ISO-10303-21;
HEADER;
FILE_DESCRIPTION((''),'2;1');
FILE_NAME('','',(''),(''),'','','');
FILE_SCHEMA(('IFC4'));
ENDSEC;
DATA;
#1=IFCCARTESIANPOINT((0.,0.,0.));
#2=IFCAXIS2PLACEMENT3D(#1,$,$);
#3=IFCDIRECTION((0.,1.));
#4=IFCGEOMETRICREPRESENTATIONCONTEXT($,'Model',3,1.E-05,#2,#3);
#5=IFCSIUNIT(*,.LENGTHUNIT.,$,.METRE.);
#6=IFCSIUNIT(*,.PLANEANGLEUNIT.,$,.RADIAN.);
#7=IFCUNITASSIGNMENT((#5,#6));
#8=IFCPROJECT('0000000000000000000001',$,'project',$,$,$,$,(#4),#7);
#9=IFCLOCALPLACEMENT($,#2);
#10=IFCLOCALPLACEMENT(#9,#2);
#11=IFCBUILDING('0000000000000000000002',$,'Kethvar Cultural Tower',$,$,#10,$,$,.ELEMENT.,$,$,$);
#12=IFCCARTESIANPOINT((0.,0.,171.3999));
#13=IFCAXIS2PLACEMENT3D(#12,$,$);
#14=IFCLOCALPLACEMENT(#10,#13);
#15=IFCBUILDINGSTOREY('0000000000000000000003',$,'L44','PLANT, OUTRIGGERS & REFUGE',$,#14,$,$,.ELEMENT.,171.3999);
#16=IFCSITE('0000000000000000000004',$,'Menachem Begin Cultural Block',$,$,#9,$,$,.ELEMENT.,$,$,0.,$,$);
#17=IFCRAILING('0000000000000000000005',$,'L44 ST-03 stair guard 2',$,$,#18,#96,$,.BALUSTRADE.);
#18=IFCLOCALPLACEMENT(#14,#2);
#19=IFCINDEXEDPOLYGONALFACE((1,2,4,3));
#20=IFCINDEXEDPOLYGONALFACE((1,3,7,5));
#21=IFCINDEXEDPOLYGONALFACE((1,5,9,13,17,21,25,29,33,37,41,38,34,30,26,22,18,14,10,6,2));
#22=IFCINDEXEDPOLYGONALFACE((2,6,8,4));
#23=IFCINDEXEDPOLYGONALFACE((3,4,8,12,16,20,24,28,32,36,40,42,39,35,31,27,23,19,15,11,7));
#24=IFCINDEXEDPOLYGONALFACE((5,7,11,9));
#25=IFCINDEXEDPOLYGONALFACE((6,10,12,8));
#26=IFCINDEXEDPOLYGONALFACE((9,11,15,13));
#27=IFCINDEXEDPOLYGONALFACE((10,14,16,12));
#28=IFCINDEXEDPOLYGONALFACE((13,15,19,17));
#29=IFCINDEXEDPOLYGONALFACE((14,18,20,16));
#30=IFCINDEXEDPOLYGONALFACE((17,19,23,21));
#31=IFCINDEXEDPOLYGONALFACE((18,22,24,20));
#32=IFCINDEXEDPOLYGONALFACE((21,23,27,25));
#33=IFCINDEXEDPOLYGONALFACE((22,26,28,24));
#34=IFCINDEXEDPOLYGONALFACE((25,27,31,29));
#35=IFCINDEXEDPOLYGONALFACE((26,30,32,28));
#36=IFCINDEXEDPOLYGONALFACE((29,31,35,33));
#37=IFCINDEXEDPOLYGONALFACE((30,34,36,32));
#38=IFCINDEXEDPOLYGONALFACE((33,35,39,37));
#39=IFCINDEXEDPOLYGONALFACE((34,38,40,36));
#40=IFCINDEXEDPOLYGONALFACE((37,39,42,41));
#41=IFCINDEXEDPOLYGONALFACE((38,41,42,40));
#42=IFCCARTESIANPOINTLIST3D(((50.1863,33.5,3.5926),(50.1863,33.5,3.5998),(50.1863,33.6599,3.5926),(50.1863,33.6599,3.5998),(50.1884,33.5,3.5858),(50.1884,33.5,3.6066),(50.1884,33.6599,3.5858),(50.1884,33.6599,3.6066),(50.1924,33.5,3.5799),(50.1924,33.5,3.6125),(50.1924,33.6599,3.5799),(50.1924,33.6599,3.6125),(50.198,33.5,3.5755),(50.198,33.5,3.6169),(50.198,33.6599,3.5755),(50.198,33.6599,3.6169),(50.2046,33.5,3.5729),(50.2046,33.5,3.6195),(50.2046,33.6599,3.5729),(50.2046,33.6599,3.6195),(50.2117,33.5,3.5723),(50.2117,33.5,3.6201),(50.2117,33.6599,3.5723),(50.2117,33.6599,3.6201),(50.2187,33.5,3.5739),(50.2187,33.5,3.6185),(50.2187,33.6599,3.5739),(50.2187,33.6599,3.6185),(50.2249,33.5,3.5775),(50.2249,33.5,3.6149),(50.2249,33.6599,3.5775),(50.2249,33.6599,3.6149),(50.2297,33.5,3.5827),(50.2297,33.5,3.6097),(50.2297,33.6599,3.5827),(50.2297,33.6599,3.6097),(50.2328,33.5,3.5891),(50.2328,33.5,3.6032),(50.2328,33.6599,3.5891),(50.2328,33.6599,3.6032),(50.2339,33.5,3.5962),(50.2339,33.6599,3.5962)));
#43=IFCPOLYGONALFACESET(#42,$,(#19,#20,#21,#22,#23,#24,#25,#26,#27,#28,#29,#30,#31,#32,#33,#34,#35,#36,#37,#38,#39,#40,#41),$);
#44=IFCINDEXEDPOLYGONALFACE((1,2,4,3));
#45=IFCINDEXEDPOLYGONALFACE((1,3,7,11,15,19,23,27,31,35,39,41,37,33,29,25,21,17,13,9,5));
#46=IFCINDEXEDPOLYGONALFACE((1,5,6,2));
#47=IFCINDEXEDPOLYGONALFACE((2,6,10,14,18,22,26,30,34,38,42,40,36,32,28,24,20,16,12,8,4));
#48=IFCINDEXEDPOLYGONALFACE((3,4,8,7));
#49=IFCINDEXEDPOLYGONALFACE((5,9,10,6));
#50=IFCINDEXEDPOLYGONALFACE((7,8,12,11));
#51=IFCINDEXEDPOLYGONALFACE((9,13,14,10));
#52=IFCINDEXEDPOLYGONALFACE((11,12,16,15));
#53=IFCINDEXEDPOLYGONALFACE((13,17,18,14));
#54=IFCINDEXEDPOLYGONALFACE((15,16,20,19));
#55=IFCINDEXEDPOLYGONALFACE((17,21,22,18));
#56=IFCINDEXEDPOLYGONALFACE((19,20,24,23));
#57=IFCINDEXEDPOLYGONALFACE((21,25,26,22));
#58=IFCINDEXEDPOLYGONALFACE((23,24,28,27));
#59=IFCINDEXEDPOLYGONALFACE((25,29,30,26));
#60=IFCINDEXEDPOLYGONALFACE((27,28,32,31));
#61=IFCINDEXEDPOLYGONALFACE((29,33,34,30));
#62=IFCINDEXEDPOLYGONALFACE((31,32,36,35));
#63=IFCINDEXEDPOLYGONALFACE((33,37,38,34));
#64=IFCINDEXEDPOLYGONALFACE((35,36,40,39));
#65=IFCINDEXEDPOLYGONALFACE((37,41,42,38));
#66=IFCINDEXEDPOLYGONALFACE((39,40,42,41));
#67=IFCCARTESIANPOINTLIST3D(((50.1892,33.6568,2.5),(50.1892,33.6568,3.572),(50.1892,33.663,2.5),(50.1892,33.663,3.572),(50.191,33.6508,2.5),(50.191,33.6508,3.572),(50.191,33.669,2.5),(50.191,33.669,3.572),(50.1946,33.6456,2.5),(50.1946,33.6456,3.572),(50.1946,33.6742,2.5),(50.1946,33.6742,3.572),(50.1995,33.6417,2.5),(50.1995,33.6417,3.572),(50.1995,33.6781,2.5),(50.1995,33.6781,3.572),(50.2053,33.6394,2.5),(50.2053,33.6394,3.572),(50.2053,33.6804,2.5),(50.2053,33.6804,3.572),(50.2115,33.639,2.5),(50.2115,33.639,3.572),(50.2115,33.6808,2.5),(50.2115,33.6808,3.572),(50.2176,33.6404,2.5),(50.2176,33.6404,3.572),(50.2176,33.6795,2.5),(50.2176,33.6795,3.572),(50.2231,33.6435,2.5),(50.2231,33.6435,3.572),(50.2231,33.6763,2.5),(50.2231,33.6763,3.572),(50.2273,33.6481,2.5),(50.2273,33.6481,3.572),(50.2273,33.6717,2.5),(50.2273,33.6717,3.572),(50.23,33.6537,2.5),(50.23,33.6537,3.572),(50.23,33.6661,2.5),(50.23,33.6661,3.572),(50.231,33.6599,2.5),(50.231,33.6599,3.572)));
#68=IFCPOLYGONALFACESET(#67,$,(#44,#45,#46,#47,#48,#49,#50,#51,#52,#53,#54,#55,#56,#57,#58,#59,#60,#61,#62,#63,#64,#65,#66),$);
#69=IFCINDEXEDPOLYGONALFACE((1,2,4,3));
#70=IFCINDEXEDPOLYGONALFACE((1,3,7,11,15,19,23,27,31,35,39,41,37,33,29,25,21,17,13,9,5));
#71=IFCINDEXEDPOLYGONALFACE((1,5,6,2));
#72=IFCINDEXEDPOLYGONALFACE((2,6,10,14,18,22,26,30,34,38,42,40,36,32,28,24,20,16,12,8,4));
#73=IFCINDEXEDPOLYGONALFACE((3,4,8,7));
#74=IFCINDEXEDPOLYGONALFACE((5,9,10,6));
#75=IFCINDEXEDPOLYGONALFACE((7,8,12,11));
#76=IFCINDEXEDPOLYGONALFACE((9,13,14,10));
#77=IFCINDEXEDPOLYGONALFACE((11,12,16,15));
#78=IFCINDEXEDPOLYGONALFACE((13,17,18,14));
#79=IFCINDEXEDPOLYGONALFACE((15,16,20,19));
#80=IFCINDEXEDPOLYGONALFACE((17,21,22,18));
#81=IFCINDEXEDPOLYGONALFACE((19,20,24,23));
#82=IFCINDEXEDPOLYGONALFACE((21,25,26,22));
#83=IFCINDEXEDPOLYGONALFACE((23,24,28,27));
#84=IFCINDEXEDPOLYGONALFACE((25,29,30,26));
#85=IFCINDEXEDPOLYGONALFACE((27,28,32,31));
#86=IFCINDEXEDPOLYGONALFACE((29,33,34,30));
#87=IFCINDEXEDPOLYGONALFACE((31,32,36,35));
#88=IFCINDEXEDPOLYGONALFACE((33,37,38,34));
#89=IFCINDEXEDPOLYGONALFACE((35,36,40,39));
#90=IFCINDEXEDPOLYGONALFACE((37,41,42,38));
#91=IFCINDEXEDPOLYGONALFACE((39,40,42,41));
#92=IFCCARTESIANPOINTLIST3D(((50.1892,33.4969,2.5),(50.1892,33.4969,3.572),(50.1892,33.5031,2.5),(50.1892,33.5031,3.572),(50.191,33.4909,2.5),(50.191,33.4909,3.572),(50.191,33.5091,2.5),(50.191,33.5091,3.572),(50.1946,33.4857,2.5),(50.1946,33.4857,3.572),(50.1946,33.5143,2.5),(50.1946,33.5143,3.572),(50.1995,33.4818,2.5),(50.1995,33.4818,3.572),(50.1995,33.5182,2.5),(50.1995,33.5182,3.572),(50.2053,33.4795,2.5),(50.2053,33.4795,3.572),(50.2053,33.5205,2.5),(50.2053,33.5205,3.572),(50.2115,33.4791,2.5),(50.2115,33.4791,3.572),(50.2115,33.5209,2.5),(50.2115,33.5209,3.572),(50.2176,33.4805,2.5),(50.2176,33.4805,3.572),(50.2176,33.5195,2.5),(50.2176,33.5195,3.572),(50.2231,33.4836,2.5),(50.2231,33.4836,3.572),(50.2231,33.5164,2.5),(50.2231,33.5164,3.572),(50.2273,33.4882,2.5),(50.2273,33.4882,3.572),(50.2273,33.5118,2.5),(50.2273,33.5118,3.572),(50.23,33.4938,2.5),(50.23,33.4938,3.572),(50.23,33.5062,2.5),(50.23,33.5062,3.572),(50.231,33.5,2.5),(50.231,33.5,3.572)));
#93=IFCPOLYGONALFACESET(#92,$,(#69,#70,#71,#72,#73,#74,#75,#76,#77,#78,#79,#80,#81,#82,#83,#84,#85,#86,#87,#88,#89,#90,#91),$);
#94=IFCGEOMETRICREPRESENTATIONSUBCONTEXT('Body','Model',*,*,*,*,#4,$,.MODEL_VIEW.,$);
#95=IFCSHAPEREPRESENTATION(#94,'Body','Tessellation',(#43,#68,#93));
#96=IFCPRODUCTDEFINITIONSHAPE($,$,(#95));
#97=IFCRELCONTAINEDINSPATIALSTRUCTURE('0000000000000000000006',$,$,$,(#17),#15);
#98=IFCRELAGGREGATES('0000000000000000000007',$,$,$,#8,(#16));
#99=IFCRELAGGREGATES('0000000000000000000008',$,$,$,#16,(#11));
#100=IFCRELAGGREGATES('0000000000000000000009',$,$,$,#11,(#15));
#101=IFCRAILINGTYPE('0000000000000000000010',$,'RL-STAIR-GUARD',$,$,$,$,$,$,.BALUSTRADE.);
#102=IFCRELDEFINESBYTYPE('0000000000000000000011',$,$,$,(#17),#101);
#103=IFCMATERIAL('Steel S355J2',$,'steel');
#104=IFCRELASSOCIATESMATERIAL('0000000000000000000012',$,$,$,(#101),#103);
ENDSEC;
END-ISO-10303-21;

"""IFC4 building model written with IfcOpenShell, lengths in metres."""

from ifc_helpers import new_model, si_unit, direction, frame, origin, origin_2d, place, context, subcontext, project, spatial, circle, extrude, material, type_object, element, save


model = new_model("IFC4")

# Units and contexts
model_context = context("Model", 3, precision=1e-05, world=origin(), true_north=direction((0.0, 1.0)))
body_context = subcontext(model_context, "Body", "Model", "MODEL_VIEW")
ifc_project = project(units=[si_unit("LENGTHUNIT", "METRE"), si_unit("PLANEANGLEUNIT", "RADIAN")], contexts=[model_context])

# Site, building, storey
site_placement = place(None, origin())
site = spatial("IfcSite", under=ifc_project, at=site_placement, Name="Menachem Begin Cultural Block", CompositionType="ELEMENT", RefElevation=0.0)
building_placement = place(site_placement, origin())
building = spatial("IfcBuilding", under=site, at=building_placement, Name="Kethvar Cultural Tower", CompositionType="ELEMENT")
storey_placement = place(building_placement, frame((0.0, 0.0, 171.3999)))
storey = spatial("IfcBuildingStorey", under=building, at=storey_placement, Name="L44", Description="PLANT, OUTRIGGERS & REFUGE", CompositionType="ELEMENT", Elevation=171.3999)

# Railing
ifc_material_1 = material(Name="Steel S355J2", Category="steel")
railing_type_1 = type_object("IfcRailingType", Name="RL-STAIR-GUARD", PredefinedType="BALUSTRADE", material=ifc_material_1)
railing_1_placement = place(storey_placement, frame((50.21, 33.6599, 2.5)))
element("IfcRailing", 1, at=railing_1_placement, inside=storey, type_object=railing_type_1, Name="L44 ST-03 stair guard 2", PredefinedType="BALUSTRADE", context=body_context, shape_type="SweptSolid", body=[
    extrude(circle(Radius=0.0239, at=origin_2d()), frame((0.0, 0.0, 1.0962), z_axis=(0.0, -1.0, 0.0), x_axis=(1.0, 0.0, 0.0)), (0.0, 0.0, 1.0), 0.1599),
    extrude(circle(Radius=0.021, at=origin_2d()), origin(), (0.0, 0.0, 1.0), 1.072),
    extrude(circle(Radius=0.021, at=origin_2d()), frame((0.0, -0.1599, 0.0)), (0.0, 0.0, 1.0), 1.072),
])

save(model, "model.ifc")
